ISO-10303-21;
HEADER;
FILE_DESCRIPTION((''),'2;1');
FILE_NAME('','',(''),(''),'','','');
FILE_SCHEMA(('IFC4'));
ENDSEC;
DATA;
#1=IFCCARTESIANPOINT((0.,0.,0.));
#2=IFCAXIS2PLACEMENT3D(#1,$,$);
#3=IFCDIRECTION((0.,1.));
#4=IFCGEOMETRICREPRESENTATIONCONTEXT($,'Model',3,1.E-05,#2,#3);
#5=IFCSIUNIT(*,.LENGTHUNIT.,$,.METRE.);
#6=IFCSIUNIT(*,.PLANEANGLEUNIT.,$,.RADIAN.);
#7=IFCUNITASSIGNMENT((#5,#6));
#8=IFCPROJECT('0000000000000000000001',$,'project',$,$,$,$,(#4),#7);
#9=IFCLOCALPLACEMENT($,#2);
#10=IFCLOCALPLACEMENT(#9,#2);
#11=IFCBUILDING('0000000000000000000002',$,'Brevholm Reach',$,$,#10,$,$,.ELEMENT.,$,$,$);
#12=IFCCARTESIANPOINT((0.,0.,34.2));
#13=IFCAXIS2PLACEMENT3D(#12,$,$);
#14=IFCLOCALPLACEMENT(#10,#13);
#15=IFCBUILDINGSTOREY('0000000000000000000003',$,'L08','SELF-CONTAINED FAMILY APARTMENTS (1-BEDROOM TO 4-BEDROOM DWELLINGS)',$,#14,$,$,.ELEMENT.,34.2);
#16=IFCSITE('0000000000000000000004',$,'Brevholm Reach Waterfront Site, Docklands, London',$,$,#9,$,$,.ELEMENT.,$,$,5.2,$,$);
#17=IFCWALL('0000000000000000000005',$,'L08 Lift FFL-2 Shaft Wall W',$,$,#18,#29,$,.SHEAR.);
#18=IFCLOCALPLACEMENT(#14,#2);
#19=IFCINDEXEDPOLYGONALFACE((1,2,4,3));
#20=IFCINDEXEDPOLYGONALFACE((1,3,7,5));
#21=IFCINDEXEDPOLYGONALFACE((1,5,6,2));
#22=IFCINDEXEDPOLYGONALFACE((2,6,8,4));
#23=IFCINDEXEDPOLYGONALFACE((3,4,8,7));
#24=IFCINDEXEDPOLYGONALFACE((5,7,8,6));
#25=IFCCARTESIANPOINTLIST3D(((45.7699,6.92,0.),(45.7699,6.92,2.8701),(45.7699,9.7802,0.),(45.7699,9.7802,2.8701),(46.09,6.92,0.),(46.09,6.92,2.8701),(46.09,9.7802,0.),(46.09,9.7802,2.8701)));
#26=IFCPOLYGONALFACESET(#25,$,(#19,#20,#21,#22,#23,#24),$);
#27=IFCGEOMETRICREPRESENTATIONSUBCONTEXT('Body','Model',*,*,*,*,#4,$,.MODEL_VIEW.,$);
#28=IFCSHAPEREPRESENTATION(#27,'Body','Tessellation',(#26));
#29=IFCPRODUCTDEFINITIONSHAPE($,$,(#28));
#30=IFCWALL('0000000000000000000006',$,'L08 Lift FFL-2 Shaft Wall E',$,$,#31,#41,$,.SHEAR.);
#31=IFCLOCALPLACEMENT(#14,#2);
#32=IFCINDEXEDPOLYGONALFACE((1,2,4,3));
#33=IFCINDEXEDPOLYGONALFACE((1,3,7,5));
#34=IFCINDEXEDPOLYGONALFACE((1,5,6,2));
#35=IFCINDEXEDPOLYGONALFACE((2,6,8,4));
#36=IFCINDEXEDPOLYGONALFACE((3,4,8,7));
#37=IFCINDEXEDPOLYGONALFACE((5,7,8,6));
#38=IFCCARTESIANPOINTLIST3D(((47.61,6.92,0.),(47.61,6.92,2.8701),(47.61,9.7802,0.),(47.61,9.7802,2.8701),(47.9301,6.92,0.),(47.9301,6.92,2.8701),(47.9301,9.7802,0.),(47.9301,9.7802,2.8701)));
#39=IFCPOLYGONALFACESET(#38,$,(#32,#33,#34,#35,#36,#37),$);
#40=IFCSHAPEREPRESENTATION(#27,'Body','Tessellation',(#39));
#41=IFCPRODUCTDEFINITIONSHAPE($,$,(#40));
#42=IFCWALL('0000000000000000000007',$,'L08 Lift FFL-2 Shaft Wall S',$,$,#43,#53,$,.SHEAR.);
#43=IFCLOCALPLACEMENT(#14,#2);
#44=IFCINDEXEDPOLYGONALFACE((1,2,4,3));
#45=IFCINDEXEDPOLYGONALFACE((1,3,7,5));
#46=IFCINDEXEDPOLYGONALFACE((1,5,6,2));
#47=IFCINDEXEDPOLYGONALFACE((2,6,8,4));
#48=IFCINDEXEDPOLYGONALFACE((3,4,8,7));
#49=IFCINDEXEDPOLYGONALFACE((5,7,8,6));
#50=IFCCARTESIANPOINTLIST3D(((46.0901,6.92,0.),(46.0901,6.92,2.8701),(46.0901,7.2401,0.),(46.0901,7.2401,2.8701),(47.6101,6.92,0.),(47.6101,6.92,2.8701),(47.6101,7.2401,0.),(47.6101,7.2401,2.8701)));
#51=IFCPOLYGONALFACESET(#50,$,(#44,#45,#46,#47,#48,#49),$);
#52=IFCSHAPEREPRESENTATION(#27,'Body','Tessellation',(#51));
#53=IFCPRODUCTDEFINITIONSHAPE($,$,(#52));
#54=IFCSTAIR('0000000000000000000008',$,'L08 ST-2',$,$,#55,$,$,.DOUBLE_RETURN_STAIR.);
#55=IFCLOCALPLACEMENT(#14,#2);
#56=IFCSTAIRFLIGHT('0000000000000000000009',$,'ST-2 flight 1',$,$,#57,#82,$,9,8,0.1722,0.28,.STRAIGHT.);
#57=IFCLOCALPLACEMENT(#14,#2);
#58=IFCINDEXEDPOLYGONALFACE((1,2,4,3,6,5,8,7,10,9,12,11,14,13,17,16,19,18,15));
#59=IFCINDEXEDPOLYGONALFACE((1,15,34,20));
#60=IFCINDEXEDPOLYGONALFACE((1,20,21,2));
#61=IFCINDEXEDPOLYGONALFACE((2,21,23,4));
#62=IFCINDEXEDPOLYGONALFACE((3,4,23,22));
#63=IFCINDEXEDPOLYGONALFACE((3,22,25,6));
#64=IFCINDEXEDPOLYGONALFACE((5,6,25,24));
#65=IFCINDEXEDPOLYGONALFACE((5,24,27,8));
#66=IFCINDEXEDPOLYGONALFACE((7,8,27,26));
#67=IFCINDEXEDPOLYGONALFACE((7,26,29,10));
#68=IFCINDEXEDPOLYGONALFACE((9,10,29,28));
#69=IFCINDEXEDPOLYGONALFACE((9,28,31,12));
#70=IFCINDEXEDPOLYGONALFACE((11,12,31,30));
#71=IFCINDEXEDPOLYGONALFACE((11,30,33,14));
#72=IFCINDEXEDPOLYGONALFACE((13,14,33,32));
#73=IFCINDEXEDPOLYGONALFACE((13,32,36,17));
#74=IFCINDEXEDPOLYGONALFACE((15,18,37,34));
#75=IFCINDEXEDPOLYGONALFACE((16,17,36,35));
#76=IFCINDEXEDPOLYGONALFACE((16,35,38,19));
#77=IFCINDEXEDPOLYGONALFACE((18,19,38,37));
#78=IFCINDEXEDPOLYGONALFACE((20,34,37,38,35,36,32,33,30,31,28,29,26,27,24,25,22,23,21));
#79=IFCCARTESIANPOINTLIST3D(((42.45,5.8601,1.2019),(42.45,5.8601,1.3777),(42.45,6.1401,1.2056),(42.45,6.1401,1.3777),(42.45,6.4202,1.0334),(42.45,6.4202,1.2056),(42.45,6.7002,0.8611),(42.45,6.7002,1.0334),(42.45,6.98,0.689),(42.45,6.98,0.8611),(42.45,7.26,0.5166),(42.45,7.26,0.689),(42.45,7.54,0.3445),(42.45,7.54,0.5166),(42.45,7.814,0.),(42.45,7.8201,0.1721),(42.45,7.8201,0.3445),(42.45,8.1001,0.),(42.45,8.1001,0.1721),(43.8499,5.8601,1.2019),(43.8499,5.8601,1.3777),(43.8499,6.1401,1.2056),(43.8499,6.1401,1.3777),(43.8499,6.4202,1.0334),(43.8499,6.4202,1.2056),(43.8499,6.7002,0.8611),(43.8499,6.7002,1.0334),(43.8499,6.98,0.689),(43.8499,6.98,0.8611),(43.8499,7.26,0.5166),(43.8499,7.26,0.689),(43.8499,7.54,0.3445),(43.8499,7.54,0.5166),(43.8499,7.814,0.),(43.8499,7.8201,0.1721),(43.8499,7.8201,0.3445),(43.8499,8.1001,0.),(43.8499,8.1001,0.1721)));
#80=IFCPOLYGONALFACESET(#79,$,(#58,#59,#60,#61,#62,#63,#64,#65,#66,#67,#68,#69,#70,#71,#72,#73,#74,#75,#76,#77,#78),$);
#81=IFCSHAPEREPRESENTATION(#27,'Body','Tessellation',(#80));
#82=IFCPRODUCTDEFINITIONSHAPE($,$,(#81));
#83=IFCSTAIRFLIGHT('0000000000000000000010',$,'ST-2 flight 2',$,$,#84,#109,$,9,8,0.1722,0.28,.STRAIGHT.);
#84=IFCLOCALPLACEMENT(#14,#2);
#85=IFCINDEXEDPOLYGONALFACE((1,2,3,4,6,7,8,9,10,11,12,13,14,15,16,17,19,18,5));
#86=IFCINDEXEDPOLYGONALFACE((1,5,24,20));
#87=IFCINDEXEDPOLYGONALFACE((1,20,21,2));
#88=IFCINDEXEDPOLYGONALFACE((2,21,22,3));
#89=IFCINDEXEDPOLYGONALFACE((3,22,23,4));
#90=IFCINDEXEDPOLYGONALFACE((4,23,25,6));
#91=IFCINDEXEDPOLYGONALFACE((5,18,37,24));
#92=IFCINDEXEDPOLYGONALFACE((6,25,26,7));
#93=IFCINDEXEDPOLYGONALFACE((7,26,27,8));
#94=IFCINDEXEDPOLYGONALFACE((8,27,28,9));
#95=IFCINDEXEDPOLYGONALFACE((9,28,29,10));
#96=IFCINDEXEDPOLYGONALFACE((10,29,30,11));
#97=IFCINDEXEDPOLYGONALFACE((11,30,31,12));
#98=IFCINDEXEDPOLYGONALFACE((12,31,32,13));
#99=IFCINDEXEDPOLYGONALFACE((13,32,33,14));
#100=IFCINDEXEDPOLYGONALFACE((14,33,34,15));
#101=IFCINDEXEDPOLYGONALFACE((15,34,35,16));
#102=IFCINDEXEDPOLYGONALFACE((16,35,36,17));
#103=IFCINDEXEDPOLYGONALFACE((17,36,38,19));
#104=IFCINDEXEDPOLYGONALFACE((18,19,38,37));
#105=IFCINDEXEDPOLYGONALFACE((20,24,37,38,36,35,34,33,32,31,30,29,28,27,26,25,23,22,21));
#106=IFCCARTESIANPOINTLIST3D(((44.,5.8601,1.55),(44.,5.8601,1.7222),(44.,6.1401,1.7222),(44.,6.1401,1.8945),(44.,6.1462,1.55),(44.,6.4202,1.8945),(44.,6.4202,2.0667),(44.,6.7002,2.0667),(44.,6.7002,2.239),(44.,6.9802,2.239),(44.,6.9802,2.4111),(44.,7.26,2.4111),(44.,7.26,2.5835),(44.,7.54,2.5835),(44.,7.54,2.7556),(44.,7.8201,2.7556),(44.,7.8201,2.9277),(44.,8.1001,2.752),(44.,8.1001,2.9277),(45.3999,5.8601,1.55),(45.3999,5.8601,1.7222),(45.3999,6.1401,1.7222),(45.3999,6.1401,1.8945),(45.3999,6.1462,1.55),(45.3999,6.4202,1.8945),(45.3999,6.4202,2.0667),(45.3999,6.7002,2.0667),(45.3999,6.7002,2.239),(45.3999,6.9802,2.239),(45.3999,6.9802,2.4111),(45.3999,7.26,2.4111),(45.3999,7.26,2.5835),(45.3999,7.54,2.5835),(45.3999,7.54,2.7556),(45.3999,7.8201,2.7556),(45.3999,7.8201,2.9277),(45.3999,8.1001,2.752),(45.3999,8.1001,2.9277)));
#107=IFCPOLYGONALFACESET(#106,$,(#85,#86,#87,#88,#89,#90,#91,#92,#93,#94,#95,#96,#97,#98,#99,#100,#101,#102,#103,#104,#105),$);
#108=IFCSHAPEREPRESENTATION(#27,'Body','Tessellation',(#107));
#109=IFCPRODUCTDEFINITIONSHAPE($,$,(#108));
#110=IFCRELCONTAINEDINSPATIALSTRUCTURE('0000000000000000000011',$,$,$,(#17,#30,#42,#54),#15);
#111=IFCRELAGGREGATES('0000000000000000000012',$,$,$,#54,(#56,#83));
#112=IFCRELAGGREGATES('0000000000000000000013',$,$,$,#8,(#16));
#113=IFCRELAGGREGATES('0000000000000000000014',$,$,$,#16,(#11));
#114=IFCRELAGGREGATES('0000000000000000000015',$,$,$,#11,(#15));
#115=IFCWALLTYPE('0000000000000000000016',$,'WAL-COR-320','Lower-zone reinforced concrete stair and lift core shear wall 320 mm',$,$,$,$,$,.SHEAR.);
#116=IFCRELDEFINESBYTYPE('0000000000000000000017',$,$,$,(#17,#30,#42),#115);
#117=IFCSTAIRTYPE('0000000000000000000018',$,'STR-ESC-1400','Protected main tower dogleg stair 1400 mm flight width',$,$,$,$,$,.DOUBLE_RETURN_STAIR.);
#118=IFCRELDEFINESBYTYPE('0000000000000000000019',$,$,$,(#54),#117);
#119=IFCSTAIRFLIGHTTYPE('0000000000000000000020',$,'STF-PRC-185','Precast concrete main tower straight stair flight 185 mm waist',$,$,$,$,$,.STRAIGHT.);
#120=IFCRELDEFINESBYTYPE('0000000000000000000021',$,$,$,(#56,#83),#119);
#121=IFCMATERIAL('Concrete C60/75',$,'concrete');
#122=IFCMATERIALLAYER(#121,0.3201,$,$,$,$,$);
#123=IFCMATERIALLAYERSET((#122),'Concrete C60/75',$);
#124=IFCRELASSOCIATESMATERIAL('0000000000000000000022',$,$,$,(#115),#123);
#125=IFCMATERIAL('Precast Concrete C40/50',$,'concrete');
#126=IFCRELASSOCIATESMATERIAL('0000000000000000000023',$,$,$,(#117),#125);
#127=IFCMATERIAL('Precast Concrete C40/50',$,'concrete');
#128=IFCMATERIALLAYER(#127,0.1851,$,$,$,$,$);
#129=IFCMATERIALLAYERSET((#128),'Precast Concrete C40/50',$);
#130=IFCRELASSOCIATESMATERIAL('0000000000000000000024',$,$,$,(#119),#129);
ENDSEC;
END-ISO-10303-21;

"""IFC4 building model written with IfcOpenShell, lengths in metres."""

from ifc_helpers import new_model, si_unit, direction, frame, frame_2d, origin, place, context, subcontext, project, spatial, polyline, rectangle, outline, extrude, material, layer, layer_set, type_object, element, aggregate, save


model = new_model("IFC4")

# Units and contexts
model_context = context("Model", 3, precision=1e-05, world=origin(), true_north=direction((0.0, 1.0)))
body_context = subcontext(model_context, "Body", "Model", "MODEL_VIEW")
ifc_project = project(units=[si_unit("LENGTHUNIT", "METRE"), si_unit("PLANEANGLEUNIT", "RADIAN")], contexts=[model_context])

# Site, building, storey
site_placement = place(None, origin())
site = spatial("IfcSite", under=ifc_project, at=site_placement, Name="Brevholm Reach Waterfront Site, Docklands, London", CompositionType="ELEMENT", RefElevation=5.2)
building_placement = place(site_placement, origin())
building = spatial("IfcBuilding", under=site, at=building_placement, Name="Brevholm Reach", CompositionType="ELEMENT")
storey_placement = place(building_placement, frame((0.0, 0.0, 34.2)))
storey = spatial("IfcBuildingStorey", under=building, at=storey_placement, Name="L08", Description="SELF-CONTAINED FAMILY APARTMENTS (1-BEDROOM TO 4-BEDROOM DWELLINGS)", CompositionType="ELEMENT", Elevation=34.2)

# Walls
ifc_material_1 = material(Name="Concrete C60/75", Category="concrete")
ifc_layer_1 = layer(ifc_material_1, 0.3201)
ifc_layer_set_1 = layer_set([ifc_layer_1], Name="Concrete C60/75")
wall_type = type_object("IfcWallType", Name="WAL-COR-320", Description="Lower-zone reinforced concrete stair and lift core shear wall 320 mm", PredefinedType="SHEAR", material=ifc_layer_set_1)
for number, where, z_axis, x_axis, name in (
    (1, (45.9299, 6.9199, 0.0), (0.0, 0.0, 1.0), (0.0, 1.0, 0.0), "L08 Lift FFL-2 Shaft Wall W"),
    (2, (47.77, 6.9199, 0.0), (0.0, 0.0, 1.0), (0.0, 1.0, 0.0), "L08 Lift FFL-2 Shaft Wall E"),
):
    element("IfcWall", number, at=place(storey_placement, frame(where, z_axis=z_axis, x_axis=x_axis)), inside=storey, type_object=wall_type, Name=name, PredefinedType="SHEAR", context=body_context, shape_type="SweptSolid", body=[
        extrude(rectangle(XDim=2.8601, YDim=0.3201, at=frame_2d((1.4302, 0.0))), origin(), (0.0, 0.0, 1.0), 2.8701),
    ])
wall_1_placement = place(storey_placement, frame((46.0901, 7.0801, 0.0), z_axis=(0.0, 0.0, 1.0), x_axis=(1.0, 0.0, 0.0)))
element("IfcWall", 3, at=wall_1_placement, inside=storey, type_object=wall_type, Name="L08 Lift FFL-2 Shaft Wall S", PredefinedType="SHEAR", context=body_context, shape_type="SweptSolid", body=[
    extrude(rectangle(XDim=1.52, YDim=0.3201, at=frame_2d((0.76, 0.0))), origin(), (0.0, 0.0, 1.0), 2.8701),
])

# Stair, stair flights
ifc_material_2 = material(Name="Precast Concrete C40/50", Category="concrete")
stair_type = type_object("IfcStairType", Name="STR-ESC-1400", Description="Protected main tower dogleg stair 1400 mm flight width", PredefinedType="DOUBLE_RETURN_STAIR", material=ifc_material_2)
stair_placement = place(storey_placement, origin())
stair = element("IfcStair", 4, at=stair_placement, inside=storey, type_object=stair_type, Name="L08 ST-2", PredefinedType="DOUBLE_RETURN_STAIR")
ifc_material_3 = material(Name="Precast Concrete C40/50", Category="concrete")
ifc_layer_2 = layer(ifc_material_3, 0.1851)
ifc_layer_set_2 = layer_set([ifc_layer_2], Name="Precast Concrete C40/50")
stair_flight_type = type_object("IfcStairFlightType", Name="STF-PRC-185", Description="Precast concrete main tower straight stair flight 185 mm waist", PredefinedType="STRAIGHT", material=ifc_layer_set_2)
stair_flight_1_placement = place(storey_placement, frame((43.1499, 8.1001, 0.0), z_axis=(0.0, 0.0, 1.0), x_axis=(0.0, -1.0, 0.0)))
stair_flight_1 = element("IfcStairFlight", 5, at=stair_flight_1_placement, type_object=stair_flight_type, Name="ST-2 flight 1", NumberOfRisers=9, NumberOfTreads=8, PredefinedType="STRAIGHT", RiserHeight=0.1722, TreadLength=0.28, context=body_context, shape_type="SweptSolid", body=[
    extrude(outline(polyline([(0.0, 0.0), (0.0, 0.1721), (0.28, 0.1721), (0.28, 0.3445), (0.5601, 0.3445), (0.5601, 0.5166), (0.8401, 0.5166), (0.8401, 0.689), (1.1201, 0.689), (1.1201, 0.8611), (1.3999, 0.8611), (1.3999, 1.0334), (1.6799, 1.0334), (1.6799, 1.2056), (1.96, 1.2056), (1.96, 1.3777), (2.24, 1.3777), (2.24, 1.55), (2.24, 1.2019), (0.2861, 0.0), (0.0, 0.0)])), frame((0.0, 0.7, 0.0), z_axis=(0.0, -1.0, 0.0), x_axis=(1.0, 0.0, 0.0)), (0.0, 0.0, 1.0), 1.3999),
])
stair_flight_2_placement = place(storey_placement, frame((44.7, 5.8601, 1.55), z_axis=(0.0, 0.0, 1.0), x_axis=(0.0, 1.0, 0.0)))
stair_flight_2 = element("IfcStairFlight", 6, at=stair_flight_2_placement, type_object=stair_flight_type, Name="ST-2 flight 2", NumberOfRisers=9, NumberOfTreads=8, PredefinedType="STRAIGHT", RiserHeight=0.1722, TreadLength=0.28, context=body_context, shape_type="SweptSolid", body=[
    extrude(outline(polyline([(0.0, 0.0), (0.0, 0.1721), (0.28, 0.1721), (0.28, 0.3445), (0.5601, 0.3445), (0.5601, 0.5166), (0.8401, 0.5166), (0.8401, 0.689), (1.1201, 0.689), (1.1201, 0.8611), (1.3999, 0.8611), (1.3999, 1.0334), (1.6799, 1.0334), (1.6799, 1.2056), (1.96, 1.2056), (1.96, 1.3777), (2.24, 1.3777), (2.24, 1.55), (2.24, 1.2019), (0.2861, 0.0), (0.0, 0.0)])), frame((0.0, 0.7, 0.0), z_axis=(0.0, -1.0, 0.0), x_axis=(1.0, 0.0, 0.0)), (0.0, 0.0, 1.0), 1.3999),
])
aggregate(stair, [stair_flight_1, stair_flight_2])

save(model, "model.ifc")
